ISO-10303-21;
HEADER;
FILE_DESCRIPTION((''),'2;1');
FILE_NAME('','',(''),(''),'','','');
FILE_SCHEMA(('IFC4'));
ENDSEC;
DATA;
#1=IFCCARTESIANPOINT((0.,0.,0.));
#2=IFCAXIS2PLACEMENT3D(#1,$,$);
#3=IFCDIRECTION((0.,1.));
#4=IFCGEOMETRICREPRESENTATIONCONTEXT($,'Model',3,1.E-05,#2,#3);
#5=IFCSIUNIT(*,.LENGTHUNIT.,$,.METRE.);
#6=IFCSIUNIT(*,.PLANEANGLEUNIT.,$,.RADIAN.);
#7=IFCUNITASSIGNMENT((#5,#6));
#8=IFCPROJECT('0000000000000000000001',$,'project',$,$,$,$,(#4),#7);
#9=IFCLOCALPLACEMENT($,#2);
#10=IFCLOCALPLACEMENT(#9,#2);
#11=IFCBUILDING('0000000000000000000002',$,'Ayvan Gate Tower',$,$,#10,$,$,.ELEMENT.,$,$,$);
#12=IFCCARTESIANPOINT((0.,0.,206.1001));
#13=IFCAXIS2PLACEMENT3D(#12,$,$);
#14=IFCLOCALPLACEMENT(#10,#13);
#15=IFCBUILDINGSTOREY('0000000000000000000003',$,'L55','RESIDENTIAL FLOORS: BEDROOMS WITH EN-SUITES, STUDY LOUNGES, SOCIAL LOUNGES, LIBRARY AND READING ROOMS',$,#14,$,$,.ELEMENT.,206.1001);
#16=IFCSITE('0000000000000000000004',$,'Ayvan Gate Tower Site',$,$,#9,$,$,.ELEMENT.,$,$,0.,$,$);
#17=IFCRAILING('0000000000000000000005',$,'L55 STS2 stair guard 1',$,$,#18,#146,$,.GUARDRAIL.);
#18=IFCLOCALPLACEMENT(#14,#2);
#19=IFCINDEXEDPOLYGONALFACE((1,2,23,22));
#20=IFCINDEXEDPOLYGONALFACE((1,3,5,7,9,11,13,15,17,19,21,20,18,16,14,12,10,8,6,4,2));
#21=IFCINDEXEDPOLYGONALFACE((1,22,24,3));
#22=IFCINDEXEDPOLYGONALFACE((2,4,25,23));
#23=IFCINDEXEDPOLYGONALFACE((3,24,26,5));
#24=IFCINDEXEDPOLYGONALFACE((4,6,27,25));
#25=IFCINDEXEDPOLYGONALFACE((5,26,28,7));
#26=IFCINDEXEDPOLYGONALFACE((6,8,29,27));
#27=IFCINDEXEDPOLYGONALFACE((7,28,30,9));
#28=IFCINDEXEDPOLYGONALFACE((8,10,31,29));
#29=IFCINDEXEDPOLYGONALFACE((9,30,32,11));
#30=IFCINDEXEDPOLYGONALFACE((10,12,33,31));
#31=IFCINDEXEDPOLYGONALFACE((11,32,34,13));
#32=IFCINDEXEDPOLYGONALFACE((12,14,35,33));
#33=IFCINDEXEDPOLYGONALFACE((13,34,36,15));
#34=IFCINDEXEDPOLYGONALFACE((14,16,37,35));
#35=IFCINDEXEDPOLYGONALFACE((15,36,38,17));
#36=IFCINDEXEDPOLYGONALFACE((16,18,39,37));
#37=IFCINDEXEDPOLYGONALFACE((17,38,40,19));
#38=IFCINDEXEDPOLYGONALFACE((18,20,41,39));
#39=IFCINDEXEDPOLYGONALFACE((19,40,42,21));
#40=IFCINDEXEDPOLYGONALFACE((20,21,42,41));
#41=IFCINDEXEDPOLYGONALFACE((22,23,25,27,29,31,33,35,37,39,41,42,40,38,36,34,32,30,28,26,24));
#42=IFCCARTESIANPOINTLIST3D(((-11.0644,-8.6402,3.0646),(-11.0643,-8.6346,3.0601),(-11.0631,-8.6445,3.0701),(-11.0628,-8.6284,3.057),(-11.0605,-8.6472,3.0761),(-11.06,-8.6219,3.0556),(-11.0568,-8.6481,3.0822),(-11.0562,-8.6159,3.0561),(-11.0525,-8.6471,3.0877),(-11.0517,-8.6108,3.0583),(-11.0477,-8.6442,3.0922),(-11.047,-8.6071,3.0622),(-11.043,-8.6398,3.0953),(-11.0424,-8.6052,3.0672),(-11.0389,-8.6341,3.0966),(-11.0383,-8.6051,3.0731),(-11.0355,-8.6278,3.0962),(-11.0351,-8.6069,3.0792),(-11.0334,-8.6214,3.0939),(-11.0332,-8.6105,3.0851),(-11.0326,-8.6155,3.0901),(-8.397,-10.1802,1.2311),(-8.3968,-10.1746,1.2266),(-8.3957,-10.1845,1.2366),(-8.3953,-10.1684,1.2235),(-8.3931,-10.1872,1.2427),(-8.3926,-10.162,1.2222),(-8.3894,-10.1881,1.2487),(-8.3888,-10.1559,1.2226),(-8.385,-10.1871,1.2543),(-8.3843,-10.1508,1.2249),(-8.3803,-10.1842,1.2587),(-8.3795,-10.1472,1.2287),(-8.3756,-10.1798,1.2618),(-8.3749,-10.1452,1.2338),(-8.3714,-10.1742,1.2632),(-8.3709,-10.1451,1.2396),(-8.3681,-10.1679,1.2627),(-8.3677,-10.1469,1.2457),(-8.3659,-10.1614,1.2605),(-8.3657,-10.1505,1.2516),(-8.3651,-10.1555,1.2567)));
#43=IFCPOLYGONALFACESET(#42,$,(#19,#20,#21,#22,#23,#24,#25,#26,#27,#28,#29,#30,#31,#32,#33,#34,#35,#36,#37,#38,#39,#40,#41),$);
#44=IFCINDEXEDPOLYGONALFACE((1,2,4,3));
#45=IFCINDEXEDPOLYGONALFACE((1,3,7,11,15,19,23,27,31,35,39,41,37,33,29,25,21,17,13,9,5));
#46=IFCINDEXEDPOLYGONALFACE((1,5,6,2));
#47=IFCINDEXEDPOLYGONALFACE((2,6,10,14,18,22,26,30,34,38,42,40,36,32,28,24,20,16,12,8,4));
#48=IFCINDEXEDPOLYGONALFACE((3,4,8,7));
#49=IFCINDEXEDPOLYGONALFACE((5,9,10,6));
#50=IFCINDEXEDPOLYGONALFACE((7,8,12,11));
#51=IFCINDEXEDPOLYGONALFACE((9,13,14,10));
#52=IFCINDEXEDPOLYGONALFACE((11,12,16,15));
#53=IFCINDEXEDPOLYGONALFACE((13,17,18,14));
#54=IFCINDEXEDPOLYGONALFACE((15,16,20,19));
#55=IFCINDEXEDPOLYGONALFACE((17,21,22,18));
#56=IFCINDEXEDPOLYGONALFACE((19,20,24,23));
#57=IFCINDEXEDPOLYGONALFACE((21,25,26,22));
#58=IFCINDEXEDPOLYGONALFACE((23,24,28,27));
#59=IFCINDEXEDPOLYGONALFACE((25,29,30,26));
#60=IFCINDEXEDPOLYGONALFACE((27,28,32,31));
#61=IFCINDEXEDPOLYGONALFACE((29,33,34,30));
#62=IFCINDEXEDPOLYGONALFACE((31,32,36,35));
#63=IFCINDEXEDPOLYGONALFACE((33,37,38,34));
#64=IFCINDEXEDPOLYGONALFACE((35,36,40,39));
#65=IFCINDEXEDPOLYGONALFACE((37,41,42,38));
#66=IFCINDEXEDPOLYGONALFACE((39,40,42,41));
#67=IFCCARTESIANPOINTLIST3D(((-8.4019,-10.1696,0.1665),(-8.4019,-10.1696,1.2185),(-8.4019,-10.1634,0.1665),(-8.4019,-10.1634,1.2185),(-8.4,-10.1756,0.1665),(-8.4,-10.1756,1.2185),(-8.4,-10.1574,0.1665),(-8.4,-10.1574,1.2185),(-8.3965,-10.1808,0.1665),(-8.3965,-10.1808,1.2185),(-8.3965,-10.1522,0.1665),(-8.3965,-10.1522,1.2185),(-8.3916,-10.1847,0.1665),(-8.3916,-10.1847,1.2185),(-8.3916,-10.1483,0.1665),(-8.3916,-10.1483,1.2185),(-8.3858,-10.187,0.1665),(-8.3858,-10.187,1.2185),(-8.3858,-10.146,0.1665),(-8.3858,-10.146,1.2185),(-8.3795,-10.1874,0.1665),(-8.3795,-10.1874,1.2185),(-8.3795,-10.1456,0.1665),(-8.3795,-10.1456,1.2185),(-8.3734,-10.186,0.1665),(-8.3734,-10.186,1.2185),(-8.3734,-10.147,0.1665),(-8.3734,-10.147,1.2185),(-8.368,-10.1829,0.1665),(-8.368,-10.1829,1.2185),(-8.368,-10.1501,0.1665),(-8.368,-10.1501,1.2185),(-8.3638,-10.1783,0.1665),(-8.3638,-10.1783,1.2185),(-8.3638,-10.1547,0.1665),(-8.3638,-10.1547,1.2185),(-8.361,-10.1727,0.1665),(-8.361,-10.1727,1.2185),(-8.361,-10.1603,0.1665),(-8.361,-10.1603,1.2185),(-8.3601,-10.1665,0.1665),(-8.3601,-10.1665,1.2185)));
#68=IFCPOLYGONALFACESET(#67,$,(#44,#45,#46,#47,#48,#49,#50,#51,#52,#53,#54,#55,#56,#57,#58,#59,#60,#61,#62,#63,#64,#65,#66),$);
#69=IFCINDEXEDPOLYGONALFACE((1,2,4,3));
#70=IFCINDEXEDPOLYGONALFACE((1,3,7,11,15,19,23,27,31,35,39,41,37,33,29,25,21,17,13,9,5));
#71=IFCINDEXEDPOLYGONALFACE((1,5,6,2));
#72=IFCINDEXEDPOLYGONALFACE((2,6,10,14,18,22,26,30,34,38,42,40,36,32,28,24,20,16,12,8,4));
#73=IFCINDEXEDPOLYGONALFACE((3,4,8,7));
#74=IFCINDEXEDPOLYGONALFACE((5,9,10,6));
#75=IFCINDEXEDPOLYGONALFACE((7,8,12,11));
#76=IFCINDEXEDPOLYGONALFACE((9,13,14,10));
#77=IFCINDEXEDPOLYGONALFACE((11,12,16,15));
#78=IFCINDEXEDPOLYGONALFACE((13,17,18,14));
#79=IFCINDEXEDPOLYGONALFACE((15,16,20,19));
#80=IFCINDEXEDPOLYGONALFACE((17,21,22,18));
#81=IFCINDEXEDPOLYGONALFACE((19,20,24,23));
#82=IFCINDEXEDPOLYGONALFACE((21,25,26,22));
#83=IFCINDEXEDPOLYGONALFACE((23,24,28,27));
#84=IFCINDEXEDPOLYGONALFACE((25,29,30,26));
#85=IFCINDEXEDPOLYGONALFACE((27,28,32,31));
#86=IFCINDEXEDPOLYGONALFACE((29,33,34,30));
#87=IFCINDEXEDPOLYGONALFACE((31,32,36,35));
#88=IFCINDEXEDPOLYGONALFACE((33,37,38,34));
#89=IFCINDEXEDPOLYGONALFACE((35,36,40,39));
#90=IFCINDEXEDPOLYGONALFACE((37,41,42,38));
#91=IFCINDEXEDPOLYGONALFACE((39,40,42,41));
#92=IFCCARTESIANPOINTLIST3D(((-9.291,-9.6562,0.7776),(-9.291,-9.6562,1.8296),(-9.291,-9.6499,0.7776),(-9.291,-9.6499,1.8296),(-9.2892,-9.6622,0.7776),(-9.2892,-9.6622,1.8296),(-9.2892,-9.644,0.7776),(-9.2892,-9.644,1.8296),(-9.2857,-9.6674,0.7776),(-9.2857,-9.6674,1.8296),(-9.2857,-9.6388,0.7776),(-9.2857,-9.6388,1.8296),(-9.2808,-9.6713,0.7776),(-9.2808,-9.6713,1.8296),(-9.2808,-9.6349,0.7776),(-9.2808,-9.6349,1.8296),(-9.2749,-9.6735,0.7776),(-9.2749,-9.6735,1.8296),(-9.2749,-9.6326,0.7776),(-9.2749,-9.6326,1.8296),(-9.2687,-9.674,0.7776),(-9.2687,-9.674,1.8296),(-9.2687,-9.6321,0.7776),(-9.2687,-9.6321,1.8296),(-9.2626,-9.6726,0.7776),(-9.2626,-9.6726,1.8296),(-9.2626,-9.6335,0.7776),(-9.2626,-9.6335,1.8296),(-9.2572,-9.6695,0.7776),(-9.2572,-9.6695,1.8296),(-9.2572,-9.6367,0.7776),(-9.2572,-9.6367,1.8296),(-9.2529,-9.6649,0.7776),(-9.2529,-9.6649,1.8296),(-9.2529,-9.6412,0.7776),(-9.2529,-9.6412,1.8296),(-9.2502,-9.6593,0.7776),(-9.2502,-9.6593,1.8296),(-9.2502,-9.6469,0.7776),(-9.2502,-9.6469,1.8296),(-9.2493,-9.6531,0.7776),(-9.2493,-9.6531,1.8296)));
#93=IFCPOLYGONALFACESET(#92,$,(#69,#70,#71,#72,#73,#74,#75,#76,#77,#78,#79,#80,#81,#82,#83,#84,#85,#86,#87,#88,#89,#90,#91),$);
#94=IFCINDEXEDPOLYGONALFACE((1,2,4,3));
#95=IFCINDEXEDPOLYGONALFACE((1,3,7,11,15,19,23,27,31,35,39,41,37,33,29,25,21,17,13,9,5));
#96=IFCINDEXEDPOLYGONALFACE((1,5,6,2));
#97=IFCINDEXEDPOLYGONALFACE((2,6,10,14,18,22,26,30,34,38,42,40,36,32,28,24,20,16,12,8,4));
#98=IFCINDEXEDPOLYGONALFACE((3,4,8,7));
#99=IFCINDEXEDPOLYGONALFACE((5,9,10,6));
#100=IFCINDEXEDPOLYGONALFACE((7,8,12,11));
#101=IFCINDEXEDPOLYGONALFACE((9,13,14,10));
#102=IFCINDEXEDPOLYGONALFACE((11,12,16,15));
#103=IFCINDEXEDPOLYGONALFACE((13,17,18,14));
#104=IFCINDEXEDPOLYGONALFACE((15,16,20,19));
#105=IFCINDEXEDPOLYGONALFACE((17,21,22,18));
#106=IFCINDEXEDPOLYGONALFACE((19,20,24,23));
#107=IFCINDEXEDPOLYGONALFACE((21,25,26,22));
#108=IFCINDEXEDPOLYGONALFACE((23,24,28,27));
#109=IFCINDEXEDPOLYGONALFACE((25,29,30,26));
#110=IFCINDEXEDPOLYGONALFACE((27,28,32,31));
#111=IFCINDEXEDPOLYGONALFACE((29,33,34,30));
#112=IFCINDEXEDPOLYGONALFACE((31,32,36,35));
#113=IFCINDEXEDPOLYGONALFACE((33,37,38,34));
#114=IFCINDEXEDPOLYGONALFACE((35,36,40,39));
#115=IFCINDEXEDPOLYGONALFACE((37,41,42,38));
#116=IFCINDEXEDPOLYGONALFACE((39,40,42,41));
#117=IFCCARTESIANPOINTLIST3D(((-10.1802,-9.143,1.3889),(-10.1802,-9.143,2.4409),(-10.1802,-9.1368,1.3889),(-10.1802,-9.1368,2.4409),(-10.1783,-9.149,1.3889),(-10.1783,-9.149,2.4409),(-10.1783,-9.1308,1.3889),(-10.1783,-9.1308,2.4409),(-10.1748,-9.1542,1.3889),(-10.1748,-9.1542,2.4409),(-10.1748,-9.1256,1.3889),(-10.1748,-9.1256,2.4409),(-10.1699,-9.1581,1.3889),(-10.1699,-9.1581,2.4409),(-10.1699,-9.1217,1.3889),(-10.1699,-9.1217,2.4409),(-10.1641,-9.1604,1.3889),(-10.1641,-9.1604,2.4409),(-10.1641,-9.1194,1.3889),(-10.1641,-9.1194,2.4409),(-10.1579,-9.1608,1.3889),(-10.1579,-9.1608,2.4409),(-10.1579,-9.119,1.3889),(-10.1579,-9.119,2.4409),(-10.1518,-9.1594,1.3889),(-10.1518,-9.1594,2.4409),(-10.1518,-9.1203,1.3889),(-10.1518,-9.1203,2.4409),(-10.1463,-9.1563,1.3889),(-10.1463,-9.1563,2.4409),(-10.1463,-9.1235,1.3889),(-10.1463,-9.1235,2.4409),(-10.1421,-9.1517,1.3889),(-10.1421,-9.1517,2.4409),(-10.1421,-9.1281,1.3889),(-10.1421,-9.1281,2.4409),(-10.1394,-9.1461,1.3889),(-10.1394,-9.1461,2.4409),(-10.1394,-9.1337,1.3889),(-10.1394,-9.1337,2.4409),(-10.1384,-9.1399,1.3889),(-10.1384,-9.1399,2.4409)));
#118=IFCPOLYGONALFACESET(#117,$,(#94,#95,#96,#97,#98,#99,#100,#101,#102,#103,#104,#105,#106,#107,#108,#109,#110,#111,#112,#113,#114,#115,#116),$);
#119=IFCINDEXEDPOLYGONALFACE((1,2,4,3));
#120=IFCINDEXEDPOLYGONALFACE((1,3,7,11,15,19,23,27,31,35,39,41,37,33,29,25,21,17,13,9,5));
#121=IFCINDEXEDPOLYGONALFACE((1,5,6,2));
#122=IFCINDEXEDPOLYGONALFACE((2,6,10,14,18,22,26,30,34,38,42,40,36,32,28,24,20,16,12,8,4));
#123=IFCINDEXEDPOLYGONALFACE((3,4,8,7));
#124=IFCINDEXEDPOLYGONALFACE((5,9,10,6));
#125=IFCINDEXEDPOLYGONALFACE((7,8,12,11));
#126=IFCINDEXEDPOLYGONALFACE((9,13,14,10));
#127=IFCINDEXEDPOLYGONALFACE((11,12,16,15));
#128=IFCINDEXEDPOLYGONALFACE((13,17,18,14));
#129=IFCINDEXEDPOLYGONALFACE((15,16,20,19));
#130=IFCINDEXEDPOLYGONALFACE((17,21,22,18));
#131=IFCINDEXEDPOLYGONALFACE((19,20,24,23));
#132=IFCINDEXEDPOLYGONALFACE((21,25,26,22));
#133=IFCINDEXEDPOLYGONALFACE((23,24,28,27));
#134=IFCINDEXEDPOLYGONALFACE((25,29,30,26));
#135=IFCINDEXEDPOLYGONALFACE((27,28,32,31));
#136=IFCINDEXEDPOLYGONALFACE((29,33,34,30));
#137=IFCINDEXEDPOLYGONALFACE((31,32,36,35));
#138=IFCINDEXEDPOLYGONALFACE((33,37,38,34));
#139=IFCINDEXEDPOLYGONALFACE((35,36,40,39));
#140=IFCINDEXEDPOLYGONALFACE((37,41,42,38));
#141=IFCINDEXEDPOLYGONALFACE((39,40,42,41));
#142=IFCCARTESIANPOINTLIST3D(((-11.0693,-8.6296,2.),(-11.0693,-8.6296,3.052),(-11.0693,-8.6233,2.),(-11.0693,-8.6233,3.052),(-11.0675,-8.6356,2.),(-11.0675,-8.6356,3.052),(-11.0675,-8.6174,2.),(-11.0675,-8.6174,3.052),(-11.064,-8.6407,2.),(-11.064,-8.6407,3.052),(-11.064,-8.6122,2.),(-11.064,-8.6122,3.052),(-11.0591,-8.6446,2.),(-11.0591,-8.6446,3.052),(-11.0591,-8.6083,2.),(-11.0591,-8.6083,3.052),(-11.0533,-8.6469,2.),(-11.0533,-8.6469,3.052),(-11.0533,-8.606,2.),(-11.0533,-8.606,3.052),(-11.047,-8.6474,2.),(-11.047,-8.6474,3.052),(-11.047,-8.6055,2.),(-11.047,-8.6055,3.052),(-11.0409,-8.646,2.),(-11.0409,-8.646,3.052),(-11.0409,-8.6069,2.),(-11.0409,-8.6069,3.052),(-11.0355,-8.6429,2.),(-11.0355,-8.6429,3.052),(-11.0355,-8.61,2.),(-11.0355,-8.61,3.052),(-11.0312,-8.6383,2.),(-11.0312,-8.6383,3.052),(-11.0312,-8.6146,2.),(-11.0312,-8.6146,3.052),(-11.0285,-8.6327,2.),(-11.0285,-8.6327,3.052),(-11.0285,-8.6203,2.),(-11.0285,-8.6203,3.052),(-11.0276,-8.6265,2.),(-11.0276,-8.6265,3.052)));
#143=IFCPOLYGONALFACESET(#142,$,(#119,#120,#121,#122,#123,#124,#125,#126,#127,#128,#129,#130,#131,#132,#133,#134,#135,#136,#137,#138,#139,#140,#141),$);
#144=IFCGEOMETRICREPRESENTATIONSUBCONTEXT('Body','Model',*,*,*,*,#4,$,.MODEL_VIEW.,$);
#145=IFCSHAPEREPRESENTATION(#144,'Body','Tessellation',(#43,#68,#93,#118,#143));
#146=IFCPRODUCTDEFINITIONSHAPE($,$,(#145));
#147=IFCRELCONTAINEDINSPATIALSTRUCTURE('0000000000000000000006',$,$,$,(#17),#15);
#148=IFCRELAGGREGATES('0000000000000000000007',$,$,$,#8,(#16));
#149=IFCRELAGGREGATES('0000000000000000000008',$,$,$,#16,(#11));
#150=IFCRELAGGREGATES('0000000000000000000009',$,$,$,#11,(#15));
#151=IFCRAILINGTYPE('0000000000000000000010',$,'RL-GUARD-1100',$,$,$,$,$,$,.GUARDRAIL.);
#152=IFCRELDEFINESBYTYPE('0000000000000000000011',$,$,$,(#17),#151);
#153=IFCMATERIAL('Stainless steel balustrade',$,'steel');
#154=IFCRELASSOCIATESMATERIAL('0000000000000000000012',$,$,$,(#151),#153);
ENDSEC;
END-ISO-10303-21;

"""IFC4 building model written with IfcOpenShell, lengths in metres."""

from ifc_helpers import new_model, si_unit, direction, frame, origin, origin_2d, place, context, subcontext, project, spatial, circle, extrude, material, type_object, element, save


model = new_model("IFC4")

# Units and contexts
model_context = context("Model", 3, precision=1e-05, world=origin(), true_north=direction((0.0, 1.0)))
body_context = subcontext(model_context, "Body", "Model", "MODEL_VIEW")
ifc_project = project(units=[si_unit("LENGTHUNIT", "METRE"), si_unit("PLANEANGLEUNIT", "RADIAN")], contexts=[model_context])

# Site, building, storey
site_placement = place(None, origin())
site = spatial("IfcSite", under=ifc_project, at=site_placement, Name="Ayvan Gate Tower Site", CompositionType="ELEMENT", RefElevation=0.0)
building_placement = place(site_placement, origin())
building = spatial("IfcBuilding", under=site, at=building_placement, Name="Ayvan Gate Tower", CompositionType="ELEMENT")
storey_placement = place(building_placement, frame((0.0, 0.0, 206.1001)))
storey = spatial("IfcBuildingStorey", under=building, at=storey_placement, Name="L55", Description="RESIDENTIAL FLOORS: BEDROOMS WITH EN-SUITES, STUDY LOUNGES, SOCIAL LOUNGES, LIBRARY AND READING ROOMS", CompositionType="ELEMENT", Elevation=206.1001)

# Railing
ifc_material_1 = material(Name="Stainless steel balustrade", Category="steel")
railing_type_1 = type_object("IfcRailingType", Name="RL-GUARD-1100", PredefinedType="GUARDRAIL", material=ifc_material_1)
railing_1_placement = place(storey_placement, frame((-8.3811, -10.1665, 0.1665)))
element("IfcRailing", 1, at=railing_1_placement, inside=storey, type_object=railing_type_1, Name="L55 STS2 stair guard 1", PredefinedType="GUARDRAIL", context=body_context, shape_type="SweptSolid", body=[
    extrude(circle(Radius=0.0239, at=origin_2d()), frame((0.0, 0.0, 1.0762), z_axis=(-0.744164, 0.429634, 0.511502), x_axis=(-0.499992, -0.86603, 0.0)), (0.0, 0.0, 1.0), 3.5845),
    extrude(circle(Radius=0.021, at=origin_2d()), origin(), (0.0, 0.0, 1.0), 1.052),
    extrude(circle(Radius=0.021, at=origin_2d()), frame((-0.8892, 0.5134, 0.6111)), (0.0, 0.0, 1.0), 1.052),
    extrude(circle(Radius=0.021, at=origin_2d()), frame((-1.7783, 1.0266, 1.2224)), (0.0, 0.0, 1.0), 1.052),
    extrude(circle(Radius=0.021, at=origin_2d()), frame((-2.6675, 1.54, 1.8335)), (0.0, 0.0, 1.0), 1.052),
])

save(model, "model.ifc")
